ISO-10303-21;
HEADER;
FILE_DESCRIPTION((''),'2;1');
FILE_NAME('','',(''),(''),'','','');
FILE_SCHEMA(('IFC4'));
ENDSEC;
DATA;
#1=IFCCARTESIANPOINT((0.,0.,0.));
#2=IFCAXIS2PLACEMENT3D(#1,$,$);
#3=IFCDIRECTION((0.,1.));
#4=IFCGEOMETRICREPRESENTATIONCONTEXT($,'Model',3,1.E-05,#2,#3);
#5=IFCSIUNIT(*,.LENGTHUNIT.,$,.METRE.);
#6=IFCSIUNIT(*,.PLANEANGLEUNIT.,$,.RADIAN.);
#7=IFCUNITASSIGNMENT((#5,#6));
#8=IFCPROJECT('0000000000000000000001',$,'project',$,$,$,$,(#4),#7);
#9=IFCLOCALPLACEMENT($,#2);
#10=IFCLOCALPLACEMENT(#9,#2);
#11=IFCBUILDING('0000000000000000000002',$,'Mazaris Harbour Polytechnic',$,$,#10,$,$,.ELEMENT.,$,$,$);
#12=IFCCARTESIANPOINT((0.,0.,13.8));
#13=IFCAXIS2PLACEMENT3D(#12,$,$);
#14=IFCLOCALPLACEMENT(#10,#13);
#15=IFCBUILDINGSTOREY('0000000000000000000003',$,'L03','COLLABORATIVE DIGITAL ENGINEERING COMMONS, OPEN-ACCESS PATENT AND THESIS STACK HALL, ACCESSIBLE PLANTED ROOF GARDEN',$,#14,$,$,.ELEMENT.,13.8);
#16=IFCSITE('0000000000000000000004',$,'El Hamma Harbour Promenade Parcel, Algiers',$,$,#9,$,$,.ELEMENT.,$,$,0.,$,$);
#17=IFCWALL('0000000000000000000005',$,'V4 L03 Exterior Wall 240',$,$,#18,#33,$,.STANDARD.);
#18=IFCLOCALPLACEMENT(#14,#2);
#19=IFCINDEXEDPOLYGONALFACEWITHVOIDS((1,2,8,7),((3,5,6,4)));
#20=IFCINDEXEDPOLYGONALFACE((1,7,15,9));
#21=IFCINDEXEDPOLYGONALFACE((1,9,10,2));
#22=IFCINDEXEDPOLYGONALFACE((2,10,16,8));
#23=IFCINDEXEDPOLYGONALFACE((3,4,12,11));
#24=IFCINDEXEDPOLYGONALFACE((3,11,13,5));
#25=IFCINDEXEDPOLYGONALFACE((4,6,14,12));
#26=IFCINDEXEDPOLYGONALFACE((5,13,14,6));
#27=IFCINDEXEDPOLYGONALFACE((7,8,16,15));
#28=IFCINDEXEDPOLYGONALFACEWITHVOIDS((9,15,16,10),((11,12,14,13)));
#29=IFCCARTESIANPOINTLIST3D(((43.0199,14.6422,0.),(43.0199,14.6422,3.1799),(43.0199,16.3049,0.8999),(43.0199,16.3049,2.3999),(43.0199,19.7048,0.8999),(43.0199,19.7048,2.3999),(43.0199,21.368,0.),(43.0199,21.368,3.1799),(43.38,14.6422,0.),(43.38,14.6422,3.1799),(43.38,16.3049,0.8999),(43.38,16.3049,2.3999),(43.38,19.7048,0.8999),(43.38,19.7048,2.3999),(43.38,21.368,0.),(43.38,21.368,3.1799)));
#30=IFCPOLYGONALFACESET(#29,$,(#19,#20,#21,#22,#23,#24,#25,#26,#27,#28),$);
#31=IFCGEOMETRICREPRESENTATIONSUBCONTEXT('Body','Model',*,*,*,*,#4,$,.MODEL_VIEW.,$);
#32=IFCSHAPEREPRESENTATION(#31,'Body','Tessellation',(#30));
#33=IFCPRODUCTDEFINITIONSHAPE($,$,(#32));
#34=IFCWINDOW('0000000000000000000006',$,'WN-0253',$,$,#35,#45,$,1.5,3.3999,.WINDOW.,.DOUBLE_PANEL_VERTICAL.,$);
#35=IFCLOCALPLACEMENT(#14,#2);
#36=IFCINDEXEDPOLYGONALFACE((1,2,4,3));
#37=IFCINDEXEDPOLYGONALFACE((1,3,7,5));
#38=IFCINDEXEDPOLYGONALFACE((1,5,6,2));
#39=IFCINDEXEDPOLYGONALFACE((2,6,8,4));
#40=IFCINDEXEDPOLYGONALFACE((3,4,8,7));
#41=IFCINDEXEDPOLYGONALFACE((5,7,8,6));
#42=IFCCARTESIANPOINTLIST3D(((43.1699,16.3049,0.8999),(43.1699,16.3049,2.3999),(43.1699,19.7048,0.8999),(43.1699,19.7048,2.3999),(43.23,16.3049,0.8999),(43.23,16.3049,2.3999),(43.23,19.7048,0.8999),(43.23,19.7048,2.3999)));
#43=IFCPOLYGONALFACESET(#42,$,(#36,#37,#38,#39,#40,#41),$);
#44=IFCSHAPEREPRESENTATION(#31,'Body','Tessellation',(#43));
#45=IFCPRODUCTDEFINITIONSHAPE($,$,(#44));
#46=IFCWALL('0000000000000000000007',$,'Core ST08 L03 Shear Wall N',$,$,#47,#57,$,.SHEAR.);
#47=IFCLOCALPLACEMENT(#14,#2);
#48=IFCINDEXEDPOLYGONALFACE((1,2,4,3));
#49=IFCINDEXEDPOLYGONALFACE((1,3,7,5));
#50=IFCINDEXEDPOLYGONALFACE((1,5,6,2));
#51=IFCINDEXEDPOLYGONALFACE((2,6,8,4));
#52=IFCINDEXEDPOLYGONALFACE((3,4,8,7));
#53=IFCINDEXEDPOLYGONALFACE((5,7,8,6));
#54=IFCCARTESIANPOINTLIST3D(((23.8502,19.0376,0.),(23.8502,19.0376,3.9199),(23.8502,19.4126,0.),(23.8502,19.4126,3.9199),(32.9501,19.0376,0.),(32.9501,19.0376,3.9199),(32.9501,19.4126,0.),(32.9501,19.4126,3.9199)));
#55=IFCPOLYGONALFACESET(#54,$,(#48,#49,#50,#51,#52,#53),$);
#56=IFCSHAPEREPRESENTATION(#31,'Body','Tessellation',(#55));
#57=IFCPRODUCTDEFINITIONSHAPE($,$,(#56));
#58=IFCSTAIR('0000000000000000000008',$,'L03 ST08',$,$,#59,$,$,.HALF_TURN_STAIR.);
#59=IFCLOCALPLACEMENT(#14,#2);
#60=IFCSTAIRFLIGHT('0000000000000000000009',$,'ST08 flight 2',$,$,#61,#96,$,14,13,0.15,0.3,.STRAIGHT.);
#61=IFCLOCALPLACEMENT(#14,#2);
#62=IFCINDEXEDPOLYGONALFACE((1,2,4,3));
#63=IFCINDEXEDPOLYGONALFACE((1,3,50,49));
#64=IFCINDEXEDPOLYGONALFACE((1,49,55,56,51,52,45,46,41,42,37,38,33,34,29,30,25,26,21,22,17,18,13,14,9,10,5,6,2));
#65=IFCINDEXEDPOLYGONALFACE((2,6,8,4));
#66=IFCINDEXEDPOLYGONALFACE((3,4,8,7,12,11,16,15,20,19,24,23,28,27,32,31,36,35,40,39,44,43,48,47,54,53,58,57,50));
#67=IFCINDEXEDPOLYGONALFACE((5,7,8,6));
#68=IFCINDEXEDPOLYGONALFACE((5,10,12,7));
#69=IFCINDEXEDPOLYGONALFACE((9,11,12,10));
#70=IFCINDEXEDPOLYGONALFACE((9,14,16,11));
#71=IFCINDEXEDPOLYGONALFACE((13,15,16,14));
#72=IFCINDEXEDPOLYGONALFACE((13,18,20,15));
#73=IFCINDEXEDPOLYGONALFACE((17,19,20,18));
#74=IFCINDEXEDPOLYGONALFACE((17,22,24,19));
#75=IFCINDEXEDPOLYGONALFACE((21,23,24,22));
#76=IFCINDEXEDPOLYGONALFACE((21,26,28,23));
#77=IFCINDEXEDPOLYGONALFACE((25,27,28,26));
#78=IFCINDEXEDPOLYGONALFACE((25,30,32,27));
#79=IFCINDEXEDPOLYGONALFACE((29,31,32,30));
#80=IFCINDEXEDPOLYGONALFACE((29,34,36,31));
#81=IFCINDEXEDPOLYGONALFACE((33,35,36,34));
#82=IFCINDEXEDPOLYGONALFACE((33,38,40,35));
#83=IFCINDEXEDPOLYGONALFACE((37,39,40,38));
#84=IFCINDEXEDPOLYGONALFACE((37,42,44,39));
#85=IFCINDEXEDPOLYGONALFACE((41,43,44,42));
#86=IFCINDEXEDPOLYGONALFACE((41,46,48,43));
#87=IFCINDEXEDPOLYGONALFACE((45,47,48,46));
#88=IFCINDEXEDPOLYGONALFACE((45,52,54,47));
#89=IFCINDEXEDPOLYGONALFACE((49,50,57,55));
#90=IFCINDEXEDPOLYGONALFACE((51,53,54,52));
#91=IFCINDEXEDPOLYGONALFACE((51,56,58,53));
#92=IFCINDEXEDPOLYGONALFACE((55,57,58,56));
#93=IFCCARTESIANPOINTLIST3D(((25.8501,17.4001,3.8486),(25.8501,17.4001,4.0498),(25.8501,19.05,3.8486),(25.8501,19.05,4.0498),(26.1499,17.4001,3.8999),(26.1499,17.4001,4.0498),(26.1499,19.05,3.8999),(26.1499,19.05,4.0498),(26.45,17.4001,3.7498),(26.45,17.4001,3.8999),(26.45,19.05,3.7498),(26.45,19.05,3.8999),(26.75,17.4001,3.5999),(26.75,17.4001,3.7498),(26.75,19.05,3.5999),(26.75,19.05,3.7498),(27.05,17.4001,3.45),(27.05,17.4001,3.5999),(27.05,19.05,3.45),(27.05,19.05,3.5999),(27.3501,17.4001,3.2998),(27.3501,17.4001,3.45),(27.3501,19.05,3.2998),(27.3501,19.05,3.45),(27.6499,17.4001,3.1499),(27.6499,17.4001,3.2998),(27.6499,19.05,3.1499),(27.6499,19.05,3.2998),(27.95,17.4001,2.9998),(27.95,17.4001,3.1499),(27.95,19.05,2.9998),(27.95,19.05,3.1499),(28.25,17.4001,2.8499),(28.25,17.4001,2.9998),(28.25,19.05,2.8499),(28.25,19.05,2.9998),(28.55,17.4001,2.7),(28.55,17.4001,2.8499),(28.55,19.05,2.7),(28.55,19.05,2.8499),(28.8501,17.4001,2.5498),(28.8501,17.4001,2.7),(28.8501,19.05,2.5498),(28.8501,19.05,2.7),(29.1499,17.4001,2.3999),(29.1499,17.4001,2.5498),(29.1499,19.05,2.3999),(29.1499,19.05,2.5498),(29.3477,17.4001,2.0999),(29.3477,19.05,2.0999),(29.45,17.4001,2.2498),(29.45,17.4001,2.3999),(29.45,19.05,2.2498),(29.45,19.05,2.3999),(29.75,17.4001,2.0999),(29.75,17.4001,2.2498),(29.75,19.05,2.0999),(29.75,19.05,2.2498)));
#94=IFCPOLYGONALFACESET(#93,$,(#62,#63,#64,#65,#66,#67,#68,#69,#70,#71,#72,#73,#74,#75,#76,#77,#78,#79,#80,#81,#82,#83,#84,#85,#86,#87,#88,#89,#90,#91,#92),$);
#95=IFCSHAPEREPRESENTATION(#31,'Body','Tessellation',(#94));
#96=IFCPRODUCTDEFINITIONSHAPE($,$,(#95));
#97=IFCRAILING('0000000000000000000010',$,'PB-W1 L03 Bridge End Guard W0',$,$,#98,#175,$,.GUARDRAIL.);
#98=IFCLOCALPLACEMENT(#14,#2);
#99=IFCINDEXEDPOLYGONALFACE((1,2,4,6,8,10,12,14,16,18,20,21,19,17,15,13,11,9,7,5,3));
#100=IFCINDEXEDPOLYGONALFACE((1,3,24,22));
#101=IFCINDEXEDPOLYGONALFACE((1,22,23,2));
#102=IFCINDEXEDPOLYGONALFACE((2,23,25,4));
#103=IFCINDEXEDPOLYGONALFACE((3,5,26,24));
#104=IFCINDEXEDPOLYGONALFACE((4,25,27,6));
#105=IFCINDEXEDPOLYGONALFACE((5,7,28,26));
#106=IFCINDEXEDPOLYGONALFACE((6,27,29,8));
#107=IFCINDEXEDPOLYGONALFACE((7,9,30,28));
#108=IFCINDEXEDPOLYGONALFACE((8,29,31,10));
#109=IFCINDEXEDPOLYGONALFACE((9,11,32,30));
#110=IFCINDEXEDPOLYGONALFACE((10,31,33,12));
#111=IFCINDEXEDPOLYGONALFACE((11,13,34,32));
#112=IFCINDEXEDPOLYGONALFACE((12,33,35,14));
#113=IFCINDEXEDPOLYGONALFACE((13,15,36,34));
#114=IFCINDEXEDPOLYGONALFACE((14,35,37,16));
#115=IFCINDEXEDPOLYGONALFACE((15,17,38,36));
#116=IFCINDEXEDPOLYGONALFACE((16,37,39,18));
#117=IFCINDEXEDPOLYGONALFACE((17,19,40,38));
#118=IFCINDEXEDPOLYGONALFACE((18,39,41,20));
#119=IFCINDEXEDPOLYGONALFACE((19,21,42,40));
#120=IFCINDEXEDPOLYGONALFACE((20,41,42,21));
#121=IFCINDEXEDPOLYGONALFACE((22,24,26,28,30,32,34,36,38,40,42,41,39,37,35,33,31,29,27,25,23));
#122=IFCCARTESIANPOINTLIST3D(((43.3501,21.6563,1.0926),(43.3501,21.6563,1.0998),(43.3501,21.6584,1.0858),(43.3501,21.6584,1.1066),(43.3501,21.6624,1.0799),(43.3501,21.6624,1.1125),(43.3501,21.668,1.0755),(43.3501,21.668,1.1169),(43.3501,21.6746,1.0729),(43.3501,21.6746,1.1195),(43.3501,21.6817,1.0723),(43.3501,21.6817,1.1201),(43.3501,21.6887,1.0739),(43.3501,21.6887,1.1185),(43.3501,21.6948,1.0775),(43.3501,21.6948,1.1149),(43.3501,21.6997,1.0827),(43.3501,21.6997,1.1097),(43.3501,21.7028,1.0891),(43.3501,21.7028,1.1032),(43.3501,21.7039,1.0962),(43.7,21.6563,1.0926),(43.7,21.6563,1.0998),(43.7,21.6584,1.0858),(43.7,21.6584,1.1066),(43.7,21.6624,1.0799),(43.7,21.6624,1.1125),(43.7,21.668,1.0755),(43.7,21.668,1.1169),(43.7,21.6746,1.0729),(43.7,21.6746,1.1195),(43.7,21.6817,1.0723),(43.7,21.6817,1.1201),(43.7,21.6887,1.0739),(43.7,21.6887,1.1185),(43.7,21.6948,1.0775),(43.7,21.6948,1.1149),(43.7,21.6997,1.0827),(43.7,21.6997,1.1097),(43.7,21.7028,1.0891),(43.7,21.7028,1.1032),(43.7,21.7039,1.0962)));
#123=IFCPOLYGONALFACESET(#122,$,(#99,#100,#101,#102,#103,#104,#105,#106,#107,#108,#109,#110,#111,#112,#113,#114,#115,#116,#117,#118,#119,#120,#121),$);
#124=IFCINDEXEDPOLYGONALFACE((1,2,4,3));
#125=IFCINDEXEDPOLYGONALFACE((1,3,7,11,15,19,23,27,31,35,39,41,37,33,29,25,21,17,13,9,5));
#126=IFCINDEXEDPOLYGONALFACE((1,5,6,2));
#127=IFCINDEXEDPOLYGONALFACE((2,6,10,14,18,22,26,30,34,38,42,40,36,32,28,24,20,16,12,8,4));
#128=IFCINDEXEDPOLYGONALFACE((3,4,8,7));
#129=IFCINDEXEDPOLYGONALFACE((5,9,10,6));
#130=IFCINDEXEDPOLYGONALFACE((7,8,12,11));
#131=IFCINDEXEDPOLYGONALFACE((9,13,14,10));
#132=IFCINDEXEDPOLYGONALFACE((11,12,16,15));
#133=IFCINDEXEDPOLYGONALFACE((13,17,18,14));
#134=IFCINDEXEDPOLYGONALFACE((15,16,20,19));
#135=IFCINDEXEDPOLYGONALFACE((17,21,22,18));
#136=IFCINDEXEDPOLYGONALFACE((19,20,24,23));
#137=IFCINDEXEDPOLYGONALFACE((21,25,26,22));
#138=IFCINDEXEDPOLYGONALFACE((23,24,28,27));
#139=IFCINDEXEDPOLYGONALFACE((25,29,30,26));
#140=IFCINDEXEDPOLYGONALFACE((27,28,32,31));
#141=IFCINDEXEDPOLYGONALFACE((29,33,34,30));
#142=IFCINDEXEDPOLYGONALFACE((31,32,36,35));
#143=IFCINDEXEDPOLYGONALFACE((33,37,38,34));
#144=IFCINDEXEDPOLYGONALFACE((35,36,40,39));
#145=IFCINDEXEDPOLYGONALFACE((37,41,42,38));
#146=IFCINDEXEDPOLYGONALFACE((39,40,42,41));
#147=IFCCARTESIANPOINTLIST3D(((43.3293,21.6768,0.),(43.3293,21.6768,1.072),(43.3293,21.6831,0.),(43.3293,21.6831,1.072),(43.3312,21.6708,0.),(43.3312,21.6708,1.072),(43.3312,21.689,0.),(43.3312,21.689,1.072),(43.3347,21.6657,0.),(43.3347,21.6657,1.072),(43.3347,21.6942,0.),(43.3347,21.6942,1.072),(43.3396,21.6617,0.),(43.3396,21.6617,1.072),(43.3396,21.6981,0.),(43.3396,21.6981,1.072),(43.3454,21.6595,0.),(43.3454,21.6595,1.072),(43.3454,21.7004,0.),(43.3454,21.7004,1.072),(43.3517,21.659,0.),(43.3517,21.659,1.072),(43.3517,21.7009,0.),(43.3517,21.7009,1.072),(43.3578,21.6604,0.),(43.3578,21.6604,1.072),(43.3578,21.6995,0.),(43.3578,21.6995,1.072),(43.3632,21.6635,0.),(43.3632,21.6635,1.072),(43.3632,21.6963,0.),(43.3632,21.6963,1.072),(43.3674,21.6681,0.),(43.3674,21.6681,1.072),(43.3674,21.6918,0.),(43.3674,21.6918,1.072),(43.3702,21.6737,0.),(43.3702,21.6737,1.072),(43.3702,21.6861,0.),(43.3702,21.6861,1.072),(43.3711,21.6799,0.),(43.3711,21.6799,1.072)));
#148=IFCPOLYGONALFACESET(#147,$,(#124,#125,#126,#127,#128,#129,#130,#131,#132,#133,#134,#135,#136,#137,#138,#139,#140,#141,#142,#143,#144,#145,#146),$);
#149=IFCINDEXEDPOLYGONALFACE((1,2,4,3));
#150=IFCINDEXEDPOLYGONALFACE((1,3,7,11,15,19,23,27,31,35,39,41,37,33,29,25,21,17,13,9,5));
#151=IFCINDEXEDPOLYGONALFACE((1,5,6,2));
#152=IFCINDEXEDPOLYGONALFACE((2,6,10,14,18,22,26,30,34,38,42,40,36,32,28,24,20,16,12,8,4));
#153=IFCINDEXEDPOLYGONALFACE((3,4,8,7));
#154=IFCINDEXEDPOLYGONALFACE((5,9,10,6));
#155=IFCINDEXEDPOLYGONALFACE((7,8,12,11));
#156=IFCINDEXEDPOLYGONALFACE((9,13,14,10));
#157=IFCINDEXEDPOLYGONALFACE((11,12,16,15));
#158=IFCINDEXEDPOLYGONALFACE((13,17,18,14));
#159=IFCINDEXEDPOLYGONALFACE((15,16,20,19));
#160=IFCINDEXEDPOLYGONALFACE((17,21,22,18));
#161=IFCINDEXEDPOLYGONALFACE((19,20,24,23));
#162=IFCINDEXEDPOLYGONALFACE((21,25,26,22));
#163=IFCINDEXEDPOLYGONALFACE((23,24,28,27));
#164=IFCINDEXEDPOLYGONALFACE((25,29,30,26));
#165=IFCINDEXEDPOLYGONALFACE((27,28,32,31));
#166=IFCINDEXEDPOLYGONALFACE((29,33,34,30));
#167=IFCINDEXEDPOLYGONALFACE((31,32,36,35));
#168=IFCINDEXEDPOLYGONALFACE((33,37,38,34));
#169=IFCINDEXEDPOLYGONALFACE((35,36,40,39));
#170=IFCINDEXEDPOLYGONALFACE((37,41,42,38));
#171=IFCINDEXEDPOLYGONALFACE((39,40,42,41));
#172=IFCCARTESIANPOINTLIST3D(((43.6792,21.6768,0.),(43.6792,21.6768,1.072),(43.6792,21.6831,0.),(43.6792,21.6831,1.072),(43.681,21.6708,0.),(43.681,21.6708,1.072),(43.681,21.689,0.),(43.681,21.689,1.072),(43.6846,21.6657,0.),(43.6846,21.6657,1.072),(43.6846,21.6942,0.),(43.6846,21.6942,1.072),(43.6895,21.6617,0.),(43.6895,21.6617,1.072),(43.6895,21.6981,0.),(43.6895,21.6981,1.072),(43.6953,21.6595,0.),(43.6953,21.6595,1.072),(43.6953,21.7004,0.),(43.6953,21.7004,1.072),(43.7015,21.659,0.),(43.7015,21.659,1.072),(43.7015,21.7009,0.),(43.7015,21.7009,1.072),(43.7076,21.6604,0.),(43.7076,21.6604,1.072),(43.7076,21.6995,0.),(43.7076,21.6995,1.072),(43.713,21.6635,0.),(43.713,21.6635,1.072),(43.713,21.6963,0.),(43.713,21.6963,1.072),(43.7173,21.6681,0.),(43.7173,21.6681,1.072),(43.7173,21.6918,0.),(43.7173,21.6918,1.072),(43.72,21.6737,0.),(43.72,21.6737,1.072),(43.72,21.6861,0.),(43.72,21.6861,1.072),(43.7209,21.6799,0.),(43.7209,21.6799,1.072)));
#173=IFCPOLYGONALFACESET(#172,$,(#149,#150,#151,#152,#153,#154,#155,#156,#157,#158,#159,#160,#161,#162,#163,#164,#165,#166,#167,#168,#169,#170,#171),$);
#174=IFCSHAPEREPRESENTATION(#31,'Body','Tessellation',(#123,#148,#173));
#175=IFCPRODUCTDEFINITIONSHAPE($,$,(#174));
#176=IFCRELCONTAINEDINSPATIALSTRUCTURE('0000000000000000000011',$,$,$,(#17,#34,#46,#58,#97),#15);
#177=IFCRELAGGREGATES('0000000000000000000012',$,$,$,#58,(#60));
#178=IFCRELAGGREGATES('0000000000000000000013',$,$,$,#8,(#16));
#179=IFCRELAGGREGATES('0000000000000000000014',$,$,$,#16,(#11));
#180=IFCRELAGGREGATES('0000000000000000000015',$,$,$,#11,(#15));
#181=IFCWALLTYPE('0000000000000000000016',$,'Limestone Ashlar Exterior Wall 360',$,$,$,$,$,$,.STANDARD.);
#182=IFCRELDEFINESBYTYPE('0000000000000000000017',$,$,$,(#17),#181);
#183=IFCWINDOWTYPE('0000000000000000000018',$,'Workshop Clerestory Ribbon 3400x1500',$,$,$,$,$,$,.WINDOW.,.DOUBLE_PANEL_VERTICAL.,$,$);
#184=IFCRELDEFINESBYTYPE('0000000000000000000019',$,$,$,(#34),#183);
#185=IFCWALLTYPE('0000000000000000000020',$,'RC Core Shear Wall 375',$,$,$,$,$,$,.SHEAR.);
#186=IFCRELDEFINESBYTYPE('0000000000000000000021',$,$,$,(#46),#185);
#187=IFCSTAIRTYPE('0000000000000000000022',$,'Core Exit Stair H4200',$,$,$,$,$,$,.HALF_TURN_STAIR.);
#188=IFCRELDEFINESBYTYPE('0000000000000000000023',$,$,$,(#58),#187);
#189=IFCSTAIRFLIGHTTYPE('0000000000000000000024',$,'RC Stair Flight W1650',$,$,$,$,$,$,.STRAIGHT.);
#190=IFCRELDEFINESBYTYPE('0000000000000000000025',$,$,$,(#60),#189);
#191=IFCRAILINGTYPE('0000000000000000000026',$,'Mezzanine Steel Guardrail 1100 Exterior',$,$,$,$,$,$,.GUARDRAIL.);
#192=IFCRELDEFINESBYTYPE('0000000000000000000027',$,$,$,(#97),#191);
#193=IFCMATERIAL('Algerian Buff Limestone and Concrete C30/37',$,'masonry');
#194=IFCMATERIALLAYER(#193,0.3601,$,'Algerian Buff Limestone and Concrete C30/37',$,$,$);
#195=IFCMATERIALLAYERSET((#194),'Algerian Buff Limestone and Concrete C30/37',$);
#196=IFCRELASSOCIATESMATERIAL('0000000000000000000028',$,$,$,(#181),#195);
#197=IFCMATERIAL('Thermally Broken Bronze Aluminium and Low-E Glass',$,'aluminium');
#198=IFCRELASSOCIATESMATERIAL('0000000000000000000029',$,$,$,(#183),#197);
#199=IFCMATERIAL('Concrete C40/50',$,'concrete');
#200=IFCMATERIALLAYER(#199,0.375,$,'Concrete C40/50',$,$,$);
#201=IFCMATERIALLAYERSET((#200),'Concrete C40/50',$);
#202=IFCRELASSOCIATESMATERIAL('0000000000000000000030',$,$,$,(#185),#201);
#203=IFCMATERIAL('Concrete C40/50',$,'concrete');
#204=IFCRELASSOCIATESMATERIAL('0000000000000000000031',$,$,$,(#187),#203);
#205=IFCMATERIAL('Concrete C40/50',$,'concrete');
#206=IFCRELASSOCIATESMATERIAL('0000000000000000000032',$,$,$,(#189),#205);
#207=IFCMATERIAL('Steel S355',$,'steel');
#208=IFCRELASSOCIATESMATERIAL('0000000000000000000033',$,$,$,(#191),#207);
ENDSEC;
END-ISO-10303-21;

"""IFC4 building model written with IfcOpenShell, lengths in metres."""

from ifc_helpers import new_model, si_unit, direction, frame, frame_2d, origin, origin_2d, place, context, subcontext, project, spatial, polyline, rectangle, circle, outline, extrude, material, layer, layer_set, type_object, element, fill, aggregate, save


model = new_model("IFC4")

# Units and contexts
model_context = context("Model", 3, precision=1e-05, world=origin(), true_north=direction((0.0, 1.0)))
body_context = subcontext(model_context, "Body", "Model", "MODEL_VIEW")
ifc_project = project(units=[si_unit("LENGTHUNIT", "METRE"), si_unit("PLANEANGLEUNIT", "RADIAN")], contexts=[model_context])

# Site, building, storey
site_placement = place(None, origin())
site = spatial("IfcSite", under=ifc_project, at=site_placement, Name="El Hamma Harbour Promenade Parcel, Algiers", CompositionType="ELEMENT", RefElevation=0.0)
building_placement = place(site_placement, origin())
building = spatial("IfcBuilding", under=site, at=building_placement, Name="Mazaris Harbour Polytechnic", CompositionType="ELEMENT")
storey_placement = place(building_placement, frame((0.0, 0.0, 13.8)))
storey = spatial("IfcBuildingStorey", under=building, at=storey_placement, Name="L03", Description="COLLABORATIVE DIGITAL ENGINEERING COMMONS, OPEN-ACCESS PATENT AND THESIS STACK HALL, ACCESSIBLE PLANTED ROOF GARDEN", CompositionType="ELEMENT", Elevation=13.8)

# Wall, opening, window
ifc_material_1 = material(Name="Algerian Buff Limestone and Concrete C30/37", Category="masonry")
ifc_layer_1 = layer(ifc_material_1, 0.3601, Name="Algerian Buff Limestone and Concrete C30/37")
ifc_layer_set_1 = layer_set([ifc_layer_1], Name="Algerian Buff Limestone and Concrete C30/37")
wall_type_1 = type_object("IfcWallType", Name="Limestone Ashlar Exterior Wall 360", PredefinedType="STANDARD", material=ifc_layer_set_1)
wall_1_placement = place(storey_placement, frame((43.2, 21.3679, 0.0), z_axis=(0.0, 0.0, 1.0), x_axis=(0.0, -1.0, 0.0)))
wall_1 = element("IfcWall", 1, at=wall_1_placement, inside=storey, type_object=wall_type_1, Name="V4 L03 Exterior Wall 240", PredefinedType="STANDARD", context=body_context, shape_type="SweptSolid", body=[
    extrude(rectangle(XDim=6.7258, YDim=0.3601, at=frame_2d((3.3628, 0.0))), origin(), (0.0, 0.0, 1.0), 3.1799),
])
opening_1_placement = place(wall_1_placement, frame((1.6631, 0.0, 0.8999)))
opening_1 = element("IfcOpeningElement", 2, at=opening_1_placement, cuts=wall_1, PredefinedType="OPENING", context=body_context, shape_type="SweptSolid", body=[
    extrude(rectangle(XDim=3.3999, YDim=1.5, at=frame_2d((1.7, 0.75))), frame((0.0, 0.1899, 0.0), z_axis=(0.0, -1.0, 0.0), x_axis=(1.0, 0.0, 0.0)), (0.0, 0.0, 1.0), 0.3801),
])
ifc_material_2 = material(Name="Thermally Broken Bronze Aluminium and Low-E Glass", Category="aluminium")
window_type = type_object("IfcWindowType", Name="Workshop Clerestory Ribbon 3400x1500", PartitioningType="DOUBLE_PANEL_VERTICAL", PredefinedType="WINDOW", material=ifc_material_2)
window_placement = place(opening_1_placement, origin())
window = element("IfcWindow", 3, at=window_placement, inside=storey, type_object=window_type, Name="WN-0253", OverallHeight=1.5, OverallWidth=3.3999, PartitioningType="DOUBLE_PANEL_VERTICAL", PredefinedType="WINDOW", context=body_context, shape_type="SweptSolid", body=[
    extrude(rectangle(XDim=3.3999, YDim=1.5, at=frame_2d((1.7, 0.75))), frame((0.0, 0.03, 0.0), z_axis=(0.0, -1.0, 0.0), x_axis=(1.0, 0.0, 0.0)), (0.0, 0.0, 1.0), 0.0601),
])
fill(opening_1, window)

# Wall
ifc_material_3 = material(Name="Concrete C40/50", Category="concrete")
ifc_layer_2 = layer(ifc_material_3, 0.375, Name="Concrete C40/50")
ifc_layer_set_2 = layer_set([ifc_layer_2], Name="Concrete C40/50")
wall_type_2 = type_object("IfcWallType", Name="RC Core Shear Wall 375", PredefinedType="SHEAR", material=ifc_layer_set_2)
wall_2_placement = place(storey_placement, frame((32.95, 19.2251, 0.0), z_axis=(0.0, 0.0, 1.0), x_axis=(-1.0, 0.0, 0.0)))
element("IfcWall", 4, at=wall_2_placement, inside=storey, type_object=wall_type_2, Name="Core ST08 L03 Shear Wall N", PredefinedType="SHEAR", context=body_context, shape_type="SweptSolid", body=[
    extrude(rectangle(XDim=9.0999, YDim=0.375, at=frame_2d((4.5498, 0.0))), origin(), (0.0, 0.0, 1.0), 3.9199),
])

# Stair, stair flight
ifc_material_4 = material(Name="Concrete C40/50", Category="concrete")
stair_type = type_object("IfcStairType", Name="Core Exit Stair H4200", PredefinedType="HALF_TURN_STAIR", material=ifc_material_4)
stair_placement = place(storey_placement, origin())
stair = element("IfcStair", 5, at=stair_placement, inside=storey, type_object=stair_type, Name="L03 ST08", PredefinedType="HALF_TURN_STAIR")
ifc_material_5 = material(Name="Concrete C40/50", Category="concrete")
stair_flight_type = type_object("IfcStairFlightType", Name="RC Stair Flight W1650", PredefinedType="STRAIGHT", material=ifc_material_5)
stair_flight_placement = place(storey_placement, frame((29.75, 18.2251, 2.0999), z_axis=(0.0, 0.0, 1.0), x_axis=(-1.0, 0.0, 0.0)))
stair_flight = element("IfcStairFlight", 6, at=stair_flight_placement, type_object=stair_flight_type, Name="ST08 flight 2", NumberOfRisers=14, NumberOfTreads=13, PredefinedType="STRAIGHT", RiserHeight=0.15, TreadLength=0.3, context=body_context, shape_type="SweptSolid", body=[
    extrude(outline(polyline([(0.0, 0.0), (0.0, 0.1499), (0.3, 0.1499), (0.3, 0.3), (0.6001, 0.3), (0.6001, 0.45), (0.8999, 0.45), (0.8999, 0.6001), (1.2, 0.6001), (1.2, 0.75), (1.5, 0.75), (1.5, 0.8999), (1.8, 0.8999), (1.8, 1.05), (2.1001, 1.05), (2.1001, 1.2), (2.3999, 1.2), (2.3999, 1.3501), (2.7, 1.3501), (2.7, 1.5), (3.0, 1.5), (3.0, 1.6499), (3.3, 1.6499), (3.3, 1.8), (3.6001, 1.8), (3.6001, 1.95), (3.8999, 1.95), (3.8999, 2.1001), (3.8999, 1.7488), (0.4023, 0.0), (0.0, 0.0)])), frame((0.0, 0.825, 0.0), z_axis=(0.0, -1.0, 0.0), x_axis=(1.0, 0.0, 0.0)), (0.0, 0.0, 1.0), 1.6499),
])
aggregate(stair, [stair_flight])

# Railing
ifc_material_6 = material(Name="Steel S355", Category="steel")
railing_type_1 = type_object("IfcRailingType", Name="Mezzanine Steel Guardrail 1100 Exterior", PredefinedType="GUARDRAIL", material=ifc_material_6)
for number, where, name in (
    (7, (43.3501, 21.6799, 0.0), "PB-W1 L03 Bridge End Guard W0"),
):
    element("IfcRailing", number, at=place(storey_placement, frame(where)), inside=storey, type_object=railing_type_1, Name=name, PredefinedType="GUARDRAIL", context=body_context, shape_type="SweptSolid", body=[
        extrude(circle(Radius=0.0239, at=origin_2d()), frame((0.0, 0.0, 1.0962), z_axis=(1.0, 0.0, 0.0), x_axis=(0.0, 1.0, 0.0)), (0.0, 0.0, 1.0), 0.3499),
        extrude(circle(Radius=0.021, at=origin_2d()), origin(), (0.0, 0.0, 1.0), 1.072),
        extrude(circle(Radius=0.021, at=origin_2d()), frame((0.3499, 0.0, 0.0)), (0.0, 0.0, 1.0), 1.072),
    ])

save(model, "model.ifc")
